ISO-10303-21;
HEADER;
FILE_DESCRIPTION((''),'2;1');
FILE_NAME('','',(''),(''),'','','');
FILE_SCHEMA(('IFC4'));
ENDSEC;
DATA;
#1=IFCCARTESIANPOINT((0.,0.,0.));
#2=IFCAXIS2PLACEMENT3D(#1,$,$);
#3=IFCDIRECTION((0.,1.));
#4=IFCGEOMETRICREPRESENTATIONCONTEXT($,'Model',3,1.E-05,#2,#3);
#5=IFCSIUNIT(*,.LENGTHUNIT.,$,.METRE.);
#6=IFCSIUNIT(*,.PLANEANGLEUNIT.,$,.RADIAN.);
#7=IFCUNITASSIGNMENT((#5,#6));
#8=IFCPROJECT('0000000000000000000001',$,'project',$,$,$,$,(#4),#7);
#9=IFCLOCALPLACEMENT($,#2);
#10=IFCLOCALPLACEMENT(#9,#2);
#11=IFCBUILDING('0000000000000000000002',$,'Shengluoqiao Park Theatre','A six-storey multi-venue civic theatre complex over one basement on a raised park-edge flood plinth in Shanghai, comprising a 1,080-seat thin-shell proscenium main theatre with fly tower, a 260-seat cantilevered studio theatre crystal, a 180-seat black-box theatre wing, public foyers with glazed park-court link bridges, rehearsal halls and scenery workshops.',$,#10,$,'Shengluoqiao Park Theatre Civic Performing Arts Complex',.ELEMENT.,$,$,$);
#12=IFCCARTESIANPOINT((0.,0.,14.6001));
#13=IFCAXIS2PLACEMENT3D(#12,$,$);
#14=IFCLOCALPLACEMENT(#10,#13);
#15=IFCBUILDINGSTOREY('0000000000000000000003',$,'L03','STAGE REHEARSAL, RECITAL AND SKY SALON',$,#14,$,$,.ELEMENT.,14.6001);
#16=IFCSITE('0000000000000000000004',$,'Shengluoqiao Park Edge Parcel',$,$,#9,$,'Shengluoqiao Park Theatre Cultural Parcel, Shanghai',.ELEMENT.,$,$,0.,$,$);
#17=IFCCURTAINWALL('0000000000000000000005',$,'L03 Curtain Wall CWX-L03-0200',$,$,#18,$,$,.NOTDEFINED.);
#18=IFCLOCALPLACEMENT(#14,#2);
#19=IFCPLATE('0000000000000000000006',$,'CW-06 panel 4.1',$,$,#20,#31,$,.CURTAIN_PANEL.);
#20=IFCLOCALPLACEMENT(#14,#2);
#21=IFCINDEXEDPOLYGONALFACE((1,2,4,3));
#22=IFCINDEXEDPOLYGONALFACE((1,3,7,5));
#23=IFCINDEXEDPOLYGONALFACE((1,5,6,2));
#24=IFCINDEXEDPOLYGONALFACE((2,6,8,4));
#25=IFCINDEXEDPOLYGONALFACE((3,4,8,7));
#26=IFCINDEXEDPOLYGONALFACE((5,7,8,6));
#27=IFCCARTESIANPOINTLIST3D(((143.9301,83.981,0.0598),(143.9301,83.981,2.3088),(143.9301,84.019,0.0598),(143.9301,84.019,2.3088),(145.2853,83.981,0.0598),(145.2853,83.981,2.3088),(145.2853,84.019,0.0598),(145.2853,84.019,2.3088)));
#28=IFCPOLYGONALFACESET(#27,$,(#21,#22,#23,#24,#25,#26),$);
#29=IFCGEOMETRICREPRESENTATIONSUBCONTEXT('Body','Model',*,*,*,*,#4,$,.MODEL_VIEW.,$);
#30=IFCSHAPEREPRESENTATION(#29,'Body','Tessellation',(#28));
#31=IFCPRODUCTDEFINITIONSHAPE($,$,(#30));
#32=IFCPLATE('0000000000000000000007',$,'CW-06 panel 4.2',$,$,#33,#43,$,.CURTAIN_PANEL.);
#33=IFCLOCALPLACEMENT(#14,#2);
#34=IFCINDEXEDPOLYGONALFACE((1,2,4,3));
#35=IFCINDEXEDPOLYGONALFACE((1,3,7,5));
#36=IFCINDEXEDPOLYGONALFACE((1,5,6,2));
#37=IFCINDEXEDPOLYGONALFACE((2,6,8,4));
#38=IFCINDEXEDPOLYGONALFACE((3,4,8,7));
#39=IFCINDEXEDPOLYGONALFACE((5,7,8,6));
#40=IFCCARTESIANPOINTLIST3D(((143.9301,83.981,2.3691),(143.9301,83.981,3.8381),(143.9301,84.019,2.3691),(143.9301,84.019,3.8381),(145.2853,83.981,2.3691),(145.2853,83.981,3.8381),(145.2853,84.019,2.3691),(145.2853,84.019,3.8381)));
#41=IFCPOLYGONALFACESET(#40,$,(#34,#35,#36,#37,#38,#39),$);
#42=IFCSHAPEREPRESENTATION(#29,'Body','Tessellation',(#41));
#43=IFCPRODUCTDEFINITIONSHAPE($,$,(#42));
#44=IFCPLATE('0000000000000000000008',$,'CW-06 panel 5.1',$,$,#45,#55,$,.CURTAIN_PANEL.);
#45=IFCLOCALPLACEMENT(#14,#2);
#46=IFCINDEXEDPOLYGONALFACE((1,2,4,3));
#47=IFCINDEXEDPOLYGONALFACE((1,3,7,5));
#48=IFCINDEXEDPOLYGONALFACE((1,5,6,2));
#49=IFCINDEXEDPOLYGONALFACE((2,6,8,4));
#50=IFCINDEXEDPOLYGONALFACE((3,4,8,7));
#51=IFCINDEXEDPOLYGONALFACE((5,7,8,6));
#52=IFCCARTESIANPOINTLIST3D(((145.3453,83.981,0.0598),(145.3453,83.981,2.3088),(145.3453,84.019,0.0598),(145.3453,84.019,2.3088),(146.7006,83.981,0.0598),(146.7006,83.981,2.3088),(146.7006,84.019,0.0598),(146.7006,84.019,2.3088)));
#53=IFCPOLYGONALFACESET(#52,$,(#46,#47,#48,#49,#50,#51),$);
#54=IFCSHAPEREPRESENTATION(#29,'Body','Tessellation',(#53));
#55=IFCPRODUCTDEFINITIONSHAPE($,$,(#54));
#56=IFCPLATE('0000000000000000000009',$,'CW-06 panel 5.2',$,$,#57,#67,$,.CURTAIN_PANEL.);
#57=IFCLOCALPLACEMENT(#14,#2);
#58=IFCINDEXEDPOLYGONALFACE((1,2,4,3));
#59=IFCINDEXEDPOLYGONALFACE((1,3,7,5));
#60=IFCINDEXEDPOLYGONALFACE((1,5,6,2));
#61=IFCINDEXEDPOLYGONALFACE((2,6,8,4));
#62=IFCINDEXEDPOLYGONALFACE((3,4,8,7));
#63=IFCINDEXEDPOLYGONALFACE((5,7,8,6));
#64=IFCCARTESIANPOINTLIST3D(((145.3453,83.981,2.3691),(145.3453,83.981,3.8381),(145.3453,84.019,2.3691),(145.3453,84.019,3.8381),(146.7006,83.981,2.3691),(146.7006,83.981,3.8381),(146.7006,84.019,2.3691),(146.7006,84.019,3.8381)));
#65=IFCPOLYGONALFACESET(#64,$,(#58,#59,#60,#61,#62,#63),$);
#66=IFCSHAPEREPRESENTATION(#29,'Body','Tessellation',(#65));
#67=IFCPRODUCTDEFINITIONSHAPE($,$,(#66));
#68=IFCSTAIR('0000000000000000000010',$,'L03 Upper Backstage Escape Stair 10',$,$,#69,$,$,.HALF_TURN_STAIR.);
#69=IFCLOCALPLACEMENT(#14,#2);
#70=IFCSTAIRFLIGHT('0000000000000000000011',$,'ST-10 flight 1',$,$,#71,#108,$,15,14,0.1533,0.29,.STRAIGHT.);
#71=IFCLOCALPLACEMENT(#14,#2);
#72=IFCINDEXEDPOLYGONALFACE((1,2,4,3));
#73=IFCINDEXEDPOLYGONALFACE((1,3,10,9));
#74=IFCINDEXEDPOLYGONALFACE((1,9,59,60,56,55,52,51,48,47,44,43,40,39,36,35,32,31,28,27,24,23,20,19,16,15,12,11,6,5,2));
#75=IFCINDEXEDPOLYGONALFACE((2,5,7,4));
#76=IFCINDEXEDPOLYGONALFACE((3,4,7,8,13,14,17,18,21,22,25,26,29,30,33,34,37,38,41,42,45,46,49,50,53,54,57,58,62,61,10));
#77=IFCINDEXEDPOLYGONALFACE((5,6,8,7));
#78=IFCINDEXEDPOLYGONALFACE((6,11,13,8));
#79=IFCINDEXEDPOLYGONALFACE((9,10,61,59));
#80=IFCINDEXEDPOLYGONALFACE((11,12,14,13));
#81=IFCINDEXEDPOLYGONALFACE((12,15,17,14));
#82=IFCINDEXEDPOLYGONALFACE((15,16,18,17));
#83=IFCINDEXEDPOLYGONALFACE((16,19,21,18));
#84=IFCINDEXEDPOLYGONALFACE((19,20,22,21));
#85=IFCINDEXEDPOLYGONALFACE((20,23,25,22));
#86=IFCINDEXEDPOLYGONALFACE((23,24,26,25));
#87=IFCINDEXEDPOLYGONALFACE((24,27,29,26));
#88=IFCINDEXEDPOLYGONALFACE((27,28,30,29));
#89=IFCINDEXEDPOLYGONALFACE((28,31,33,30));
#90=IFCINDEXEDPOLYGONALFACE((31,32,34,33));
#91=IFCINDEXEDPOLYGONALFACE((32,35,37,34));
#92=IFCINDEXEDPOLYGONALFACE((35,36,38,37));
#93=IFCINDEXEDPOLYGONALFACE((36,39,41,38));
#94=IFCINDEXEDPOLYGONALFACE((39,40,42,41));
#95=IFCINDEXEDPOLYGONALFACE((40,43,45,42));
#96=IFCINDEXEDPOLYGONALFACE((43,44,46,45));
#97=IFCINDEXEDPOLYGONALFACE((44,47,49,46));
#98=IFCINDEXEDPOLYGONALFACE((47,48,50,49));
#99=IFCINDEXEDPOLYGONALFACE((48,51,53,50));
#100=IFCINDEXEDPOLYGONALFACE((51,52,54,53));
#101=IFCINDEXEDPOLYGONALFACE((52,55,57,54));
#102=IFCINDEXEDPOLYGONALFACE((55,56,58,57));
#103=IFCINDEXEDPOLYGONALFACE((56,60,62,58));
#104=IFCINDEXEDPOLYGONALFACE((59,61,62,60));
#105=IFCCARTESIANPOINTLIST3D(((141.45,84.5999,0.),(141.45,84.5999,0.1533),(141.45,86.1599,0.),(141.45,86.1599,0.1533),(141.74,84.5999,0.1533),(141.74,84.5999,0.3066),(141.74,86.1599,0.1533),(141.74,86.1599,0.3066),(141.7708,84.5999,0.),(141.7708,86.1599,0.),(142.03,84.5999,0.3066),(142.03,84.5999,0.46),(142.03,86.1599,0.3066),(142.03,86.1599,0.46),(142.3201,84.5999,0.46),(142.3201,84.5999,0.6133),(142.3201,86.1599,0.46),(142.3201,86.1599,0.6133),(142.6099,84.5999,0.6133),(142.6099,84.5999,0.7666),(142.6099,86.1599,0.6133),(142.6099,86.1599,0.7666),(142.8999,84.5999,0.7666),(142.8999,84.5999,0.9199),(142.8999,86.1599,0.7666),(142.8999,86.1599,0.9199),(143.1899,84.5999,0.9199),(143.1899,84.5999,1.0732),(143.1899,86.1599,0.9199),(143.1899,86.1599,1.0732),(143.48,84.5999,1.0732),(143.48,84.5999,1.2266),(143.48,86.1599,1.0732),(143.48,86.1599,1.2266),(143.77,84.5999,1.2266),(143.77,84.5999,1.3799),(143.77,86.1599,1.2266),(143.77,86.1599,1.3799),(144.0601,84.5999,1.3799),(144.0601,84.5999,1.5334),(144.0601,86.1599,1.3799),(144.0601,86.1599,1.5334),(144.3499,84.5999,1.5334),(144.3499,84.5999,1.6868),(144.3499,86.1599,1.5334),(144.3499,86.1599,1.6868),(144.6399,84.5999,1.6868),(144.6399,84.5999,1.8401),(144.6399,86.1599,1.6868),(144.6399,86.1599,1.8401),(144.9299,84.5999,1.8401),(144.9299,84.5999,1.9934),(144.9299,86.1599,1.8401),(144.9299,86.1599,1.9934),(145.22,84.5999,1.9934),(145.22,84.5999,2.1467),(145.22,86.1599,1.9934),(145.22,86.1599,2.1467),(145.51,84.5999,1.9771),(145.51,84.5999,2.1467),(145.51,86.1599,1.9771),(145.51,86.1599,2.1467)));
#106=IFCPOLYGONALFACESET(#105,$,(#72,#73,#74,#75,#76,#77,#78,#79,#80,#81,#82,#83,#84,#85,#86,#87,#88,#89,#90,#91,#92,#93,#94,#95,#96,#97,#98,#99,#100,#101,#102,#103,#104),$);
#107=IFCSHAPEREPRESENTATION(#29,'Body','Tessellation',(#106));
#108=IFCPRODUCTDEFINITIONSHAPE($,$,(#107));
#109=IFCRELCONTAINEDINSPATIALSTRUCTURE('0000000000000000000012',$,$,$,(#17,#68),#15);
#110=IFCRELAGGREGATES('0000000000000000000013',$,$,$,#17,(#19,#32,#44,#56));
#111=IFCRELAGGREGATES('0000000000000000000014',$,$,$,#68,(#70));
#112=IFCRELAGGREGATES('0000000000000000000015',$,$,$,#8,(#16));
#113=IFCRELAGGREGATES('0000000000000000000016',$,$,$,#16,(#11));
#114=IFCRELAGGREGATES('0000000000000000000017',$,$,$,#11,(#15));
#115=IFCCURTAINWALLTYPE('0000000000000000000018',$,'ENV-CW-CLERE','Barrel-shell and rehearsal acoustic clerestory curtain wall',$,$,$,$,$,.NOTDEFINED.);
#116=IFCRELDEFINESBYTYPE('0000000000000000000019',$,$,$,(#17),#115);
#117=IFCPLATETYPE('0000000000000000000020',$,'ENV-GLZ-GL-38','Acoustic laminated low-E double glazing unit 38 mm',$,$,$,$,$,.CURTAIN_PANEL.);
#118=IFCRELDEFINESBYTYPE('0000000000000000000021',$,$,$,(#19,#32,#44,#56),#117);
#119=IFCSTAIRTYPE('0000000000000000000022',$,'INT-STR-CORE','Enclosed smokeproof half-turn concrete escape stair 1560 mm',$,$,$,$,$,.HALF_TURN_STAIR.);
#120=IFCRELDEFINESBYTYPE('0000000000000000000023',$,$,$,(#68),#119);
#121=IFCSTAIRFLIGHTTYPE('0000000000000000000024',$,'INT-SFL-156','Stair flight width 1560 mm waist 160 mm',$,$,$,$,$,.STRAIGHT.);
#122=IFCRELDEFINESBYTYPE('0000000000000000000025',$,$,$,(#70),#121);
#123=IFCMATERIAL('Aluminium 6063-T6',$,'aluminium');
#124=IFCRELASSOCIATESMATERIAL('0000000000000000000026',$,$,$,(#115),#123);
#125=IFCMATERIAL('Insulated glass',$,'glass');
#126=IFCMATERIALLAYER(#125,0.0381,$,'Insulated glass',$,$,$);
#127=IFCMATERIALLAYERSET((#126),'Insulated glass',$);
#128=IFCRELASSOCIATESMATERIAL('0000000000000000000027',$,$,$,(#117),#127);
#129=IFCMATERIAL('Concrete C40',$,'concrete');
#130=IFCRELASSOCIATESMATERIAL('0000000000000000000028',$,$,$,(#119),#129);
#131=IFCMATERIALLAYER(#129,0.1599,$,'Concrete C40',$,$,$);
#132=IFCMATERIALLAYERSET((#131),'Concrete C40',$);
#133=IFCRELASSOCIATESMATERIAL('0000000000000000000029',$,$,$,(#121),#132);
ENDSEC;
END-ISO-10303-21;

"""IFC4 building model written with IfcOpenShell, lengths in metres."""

from ifc_helpers import new_model, si_unit, direction, frame, origin, origin_2d, place, context, subcontext, project, spatial, polyline, rectangle, outline, extrude, material, layer, layer_set, type_object, element, aggregate, save


model = new_model("IFC4")

# Units and contexts
model_context = context("Model", 3, precision=1e-05, world=origin(), true_north=direction((0.0, 1.0)))
body_context = subcontext(model_context, "Body", "Model", "MODEL_VIEW")
ifc_project = project(units=[si_unit("LENGTHUNIT", "METRE"), si_unit("PLANEANGLEUNIT", "RADIAN")], contexts=[model_context])

# Site, building, storey
site_placement = place(None, origin())
site = spatial("IfcSite", under=ifc_project, at=site_placement, Name="Shengluoqiao Park Edge Parcel", LongName="Shengluoqiao Park Theatre Cultural Parcel, Shanghai", CompositionType="ELEMENT", RefElevation=0.0)
building_placement = place(site_placement, origin())
building = spatial("IfcBuilding", under=site, at=building_placement, Name="Shengluoqiao Park Theatre", Description="A six-storey multi-venue civic theatre complex over one basement on a raised park-edge flood plinth in Shanghai, comprising a 1,080-seat thin-shell proscenium main theatre with fly tower, a 260-seat cantilevered studio theatre crystal, a 180-seat black-box theatre wing, public foyers with glazed park-court link bridges, rehearsal halls and scenery workshops.", LongName="Shengluoqiao Park Theatre Civic Performing Arts Complex", CompositionType="ELEMENT")
storey_placement = place(building_placement, frame((0.0, 0.0, 14.6001)))
storey = spatial("IfcBuildingStorey", under=building, at=storey_placement, Name="L03", Description="STAGE REHEARSAL, RECITAL AND SKY SALON", CompositionType="ELEMENT", Elevation=14.6001)

# Curtain wall, plates
ifc_material_1 = material(Name="Aluminium 6063-T6", Category="aluminium")
curtain_wall_type = type_object("IfcCurtainWallType", Name="ENV-CW-CLERE", Description="Barrel-shell and rehearsal acoustic clerestory curtain wall", PredefinedType="NOTDEFINED", material=ifc_material_1)
curtain_wall_placement = place(storey_placement, origin())
curtain_wall = element("IfcCurtainWall", 1, at=curtain_wall_placement, inside=storey, type_object=curtain_wall_type, Name="L03 Curtain Wall CWX-L03-0200", PredefinedType="NOTDEFINED")
ifc_material_2 = material(Name="Insulated glass", Category="glass")
ifc_layer_1 = layer(ifc_material_2, 0.0381, Name="Insulated glass")
ifc_layer_set_1 = layer_set([ifc_layer_1], Name="Insulated glass")
plate_type = type_object("IfcPlateType", Name="ENV-GLZ-GL-38", Description="Acoustic laminated low-E double glazing unit 38 mm", PredefinedType="CURTAIN_PANEL", material=ifc_layer_set_1)
plate_1_placement = place(storey_placement, frame((144.6077, 84.0, 0.0598), z_axis=(0.0, 0.0, 1.0), x_axis=(1.0, 0.0, 0.0)))
plate_1 = element("IfcPlate", 2, at=plate_1_placement, type_object=plate_type, Name="CW-06 panel 4.1", PredefinedType="CURTAIN_PANEL", context=body_context, shape_type="SweptSolid", body=[
    extrude(rectangle(XDim=1.3552, YDim=0.0381, at=origin_2d()), origin(), (0.0, 0.0, 1.0), 2.249),
])
plate_2_placement = place(storey_placement, frame((144.6077, 84.0, 2.3691), z_axis=(0.0, 0.0, 1.0), x_axis=(1.0, 0.0, 0.0)))
plate_2 = element("IfcPlate", 3, at=plate_2_placement, type_object=plate_type, Name="CW-06 panel 4.2", PredefinedType="CURTAIN_PANEL", context=body_context, shape_type="SweptSolid", body=[
    extrude(rectangle(XDim=1.3552, YDim=0.0381, at=origin_2d()), origin(), (0.0, 0.0, 1.0), 1.469),
])
plate_3_placement = place(storey_placement, frame((146.0229, 84.0, 0.0598), z_axis=(0.0, 0.0, 1.0), x_axis=(1.0, 0.0, 0.0)))
plate_3 = element("IfcPlate", 4, at=plate_3_placement, type_object=plate_type, Name="CW-06 panel 5.1", PredefinedType="CURTAIN_PANEL", context=body_context, shape_type="SweptSolid", body=[
    extrude(rectangle(XDim=1.3552, YDim=0.0381, at=origin_2d()), origin(), (0.0, 0.0, 1.0), 2.249),
])
plate_4_placement = place(storey_placement, frame((146.0229, 84.0, 2.3691), z_axis=(0.0, 0.0, 1.0), x_axis=(1.0, 0.0, 0.0)))
plate_4 = element("IfcPlate", 5, at=plate_4_placement, type_object=plate_type, Name="CW-06 panel 5.2", PredefinedType="CURTAIN_PANEL", context=body_context, shape_type="SweptSolid", body=[
    extrude(rectangle(XDim=1.3552, YDim=0.0381, at=origin_2d()), origin(), (0.0, 0.0, 1.0), 1.469),
])
aggregate(curtain_wall, [plate_1, plate_2, plate_3, plate_4])

# Stair, stair flight
ifc_material_3 = material(Name="Concrete C40", Category="concrete")
stair_type = type_object("IfcStairType", Name="INT-STR-CORE", Description="Enclosed smokeproof half-turn concrete escape stair 1560 mm", PredefinedType="HALF_TURN_STAIR", material=ifc_material_3)
stair_placement = place(storey_placement, origin())
stair = element("IfcStair", 6, at=stair_placement, inside=storey, type_object=stair_type, Name="L03 Upper Backstage Escape Stair 10", PredefinedType="HALF_TURN_STAIR")
ifc_layer_2 = layer(ifc_material_3, 0.1599, Name="Concrete C40")
ifc_layer_set_2 = layer_set([ifc_layer_2], Name="Concrete C40")
stair_flight_type = type_object("IfcStairFlightType", Name="INT-SFL-156", Description="Stair flight width 1560 mm waist 160 mm", PredefinedType="STRAIGHT", material=ifc_layer_set_2)
stair_flight_placement = place(storey_placement, frame((141.45, 85.3799, 0.0), z_axis=(0.0, 0.0, 1.0), x_axis=(1.0, 0.0, 0.0)))
stair_flight = element("IfcStairFlight", 7, at=stair_flight_placement, type_object=stair_flight_type, Name="ST-10 flight 1", NumberOfRisers=15, NumberOfTreads=14, PredefinedType="STRAIGHT", RiserHeight=0.1533, TreadLength=0.29, context=body_context, shape_type="SweptSolid", body=[
    extrude(outline(polyline([(0.0, 0.0), (0.0, 0.1533), (0.29, 0.1533), (0.29, 0.3066), (0.5801, 0.3066), (0.5801, 0.46), (0.8701, 0.46), (0.8701, 0.6133), (1.1599, 0.6133), (1.1599, 0.7666), (1.45, 0.7666), (1.45, 0.9199), (1.74, 0.9199), (1.74, 1.0732), (2.03, 1.0732), (2.03, 1.2266), (2.3201, 1.2266), (2.3201, 1.3799), (2.6101, 1.3799), (2.6101, 1.5334), (2.8999, 1.5334), (2.8999, 1.6868), (3.1899, 1.6868), (3.1899, 1.8401), (3.48, 1.8401), (3.48, 1.9934), (3.77, 1.9934), (3.77, 2.1467), (4.0601, 2.1467), (4.0601, 2.3), (4.0601, 1.9771), (0.3208, 0.0), (0.0, 0.0)])), frame((0.0, 0.78, 0.0), z_axis=(0.0, -1.0, 0.0), x_axis=(1.0, 0.0, 0.0)), (0.0, 0.0, 1.0), 1.5601),
])
aggregate(stair, [stair_flight])

save(model, "model.ifc")
